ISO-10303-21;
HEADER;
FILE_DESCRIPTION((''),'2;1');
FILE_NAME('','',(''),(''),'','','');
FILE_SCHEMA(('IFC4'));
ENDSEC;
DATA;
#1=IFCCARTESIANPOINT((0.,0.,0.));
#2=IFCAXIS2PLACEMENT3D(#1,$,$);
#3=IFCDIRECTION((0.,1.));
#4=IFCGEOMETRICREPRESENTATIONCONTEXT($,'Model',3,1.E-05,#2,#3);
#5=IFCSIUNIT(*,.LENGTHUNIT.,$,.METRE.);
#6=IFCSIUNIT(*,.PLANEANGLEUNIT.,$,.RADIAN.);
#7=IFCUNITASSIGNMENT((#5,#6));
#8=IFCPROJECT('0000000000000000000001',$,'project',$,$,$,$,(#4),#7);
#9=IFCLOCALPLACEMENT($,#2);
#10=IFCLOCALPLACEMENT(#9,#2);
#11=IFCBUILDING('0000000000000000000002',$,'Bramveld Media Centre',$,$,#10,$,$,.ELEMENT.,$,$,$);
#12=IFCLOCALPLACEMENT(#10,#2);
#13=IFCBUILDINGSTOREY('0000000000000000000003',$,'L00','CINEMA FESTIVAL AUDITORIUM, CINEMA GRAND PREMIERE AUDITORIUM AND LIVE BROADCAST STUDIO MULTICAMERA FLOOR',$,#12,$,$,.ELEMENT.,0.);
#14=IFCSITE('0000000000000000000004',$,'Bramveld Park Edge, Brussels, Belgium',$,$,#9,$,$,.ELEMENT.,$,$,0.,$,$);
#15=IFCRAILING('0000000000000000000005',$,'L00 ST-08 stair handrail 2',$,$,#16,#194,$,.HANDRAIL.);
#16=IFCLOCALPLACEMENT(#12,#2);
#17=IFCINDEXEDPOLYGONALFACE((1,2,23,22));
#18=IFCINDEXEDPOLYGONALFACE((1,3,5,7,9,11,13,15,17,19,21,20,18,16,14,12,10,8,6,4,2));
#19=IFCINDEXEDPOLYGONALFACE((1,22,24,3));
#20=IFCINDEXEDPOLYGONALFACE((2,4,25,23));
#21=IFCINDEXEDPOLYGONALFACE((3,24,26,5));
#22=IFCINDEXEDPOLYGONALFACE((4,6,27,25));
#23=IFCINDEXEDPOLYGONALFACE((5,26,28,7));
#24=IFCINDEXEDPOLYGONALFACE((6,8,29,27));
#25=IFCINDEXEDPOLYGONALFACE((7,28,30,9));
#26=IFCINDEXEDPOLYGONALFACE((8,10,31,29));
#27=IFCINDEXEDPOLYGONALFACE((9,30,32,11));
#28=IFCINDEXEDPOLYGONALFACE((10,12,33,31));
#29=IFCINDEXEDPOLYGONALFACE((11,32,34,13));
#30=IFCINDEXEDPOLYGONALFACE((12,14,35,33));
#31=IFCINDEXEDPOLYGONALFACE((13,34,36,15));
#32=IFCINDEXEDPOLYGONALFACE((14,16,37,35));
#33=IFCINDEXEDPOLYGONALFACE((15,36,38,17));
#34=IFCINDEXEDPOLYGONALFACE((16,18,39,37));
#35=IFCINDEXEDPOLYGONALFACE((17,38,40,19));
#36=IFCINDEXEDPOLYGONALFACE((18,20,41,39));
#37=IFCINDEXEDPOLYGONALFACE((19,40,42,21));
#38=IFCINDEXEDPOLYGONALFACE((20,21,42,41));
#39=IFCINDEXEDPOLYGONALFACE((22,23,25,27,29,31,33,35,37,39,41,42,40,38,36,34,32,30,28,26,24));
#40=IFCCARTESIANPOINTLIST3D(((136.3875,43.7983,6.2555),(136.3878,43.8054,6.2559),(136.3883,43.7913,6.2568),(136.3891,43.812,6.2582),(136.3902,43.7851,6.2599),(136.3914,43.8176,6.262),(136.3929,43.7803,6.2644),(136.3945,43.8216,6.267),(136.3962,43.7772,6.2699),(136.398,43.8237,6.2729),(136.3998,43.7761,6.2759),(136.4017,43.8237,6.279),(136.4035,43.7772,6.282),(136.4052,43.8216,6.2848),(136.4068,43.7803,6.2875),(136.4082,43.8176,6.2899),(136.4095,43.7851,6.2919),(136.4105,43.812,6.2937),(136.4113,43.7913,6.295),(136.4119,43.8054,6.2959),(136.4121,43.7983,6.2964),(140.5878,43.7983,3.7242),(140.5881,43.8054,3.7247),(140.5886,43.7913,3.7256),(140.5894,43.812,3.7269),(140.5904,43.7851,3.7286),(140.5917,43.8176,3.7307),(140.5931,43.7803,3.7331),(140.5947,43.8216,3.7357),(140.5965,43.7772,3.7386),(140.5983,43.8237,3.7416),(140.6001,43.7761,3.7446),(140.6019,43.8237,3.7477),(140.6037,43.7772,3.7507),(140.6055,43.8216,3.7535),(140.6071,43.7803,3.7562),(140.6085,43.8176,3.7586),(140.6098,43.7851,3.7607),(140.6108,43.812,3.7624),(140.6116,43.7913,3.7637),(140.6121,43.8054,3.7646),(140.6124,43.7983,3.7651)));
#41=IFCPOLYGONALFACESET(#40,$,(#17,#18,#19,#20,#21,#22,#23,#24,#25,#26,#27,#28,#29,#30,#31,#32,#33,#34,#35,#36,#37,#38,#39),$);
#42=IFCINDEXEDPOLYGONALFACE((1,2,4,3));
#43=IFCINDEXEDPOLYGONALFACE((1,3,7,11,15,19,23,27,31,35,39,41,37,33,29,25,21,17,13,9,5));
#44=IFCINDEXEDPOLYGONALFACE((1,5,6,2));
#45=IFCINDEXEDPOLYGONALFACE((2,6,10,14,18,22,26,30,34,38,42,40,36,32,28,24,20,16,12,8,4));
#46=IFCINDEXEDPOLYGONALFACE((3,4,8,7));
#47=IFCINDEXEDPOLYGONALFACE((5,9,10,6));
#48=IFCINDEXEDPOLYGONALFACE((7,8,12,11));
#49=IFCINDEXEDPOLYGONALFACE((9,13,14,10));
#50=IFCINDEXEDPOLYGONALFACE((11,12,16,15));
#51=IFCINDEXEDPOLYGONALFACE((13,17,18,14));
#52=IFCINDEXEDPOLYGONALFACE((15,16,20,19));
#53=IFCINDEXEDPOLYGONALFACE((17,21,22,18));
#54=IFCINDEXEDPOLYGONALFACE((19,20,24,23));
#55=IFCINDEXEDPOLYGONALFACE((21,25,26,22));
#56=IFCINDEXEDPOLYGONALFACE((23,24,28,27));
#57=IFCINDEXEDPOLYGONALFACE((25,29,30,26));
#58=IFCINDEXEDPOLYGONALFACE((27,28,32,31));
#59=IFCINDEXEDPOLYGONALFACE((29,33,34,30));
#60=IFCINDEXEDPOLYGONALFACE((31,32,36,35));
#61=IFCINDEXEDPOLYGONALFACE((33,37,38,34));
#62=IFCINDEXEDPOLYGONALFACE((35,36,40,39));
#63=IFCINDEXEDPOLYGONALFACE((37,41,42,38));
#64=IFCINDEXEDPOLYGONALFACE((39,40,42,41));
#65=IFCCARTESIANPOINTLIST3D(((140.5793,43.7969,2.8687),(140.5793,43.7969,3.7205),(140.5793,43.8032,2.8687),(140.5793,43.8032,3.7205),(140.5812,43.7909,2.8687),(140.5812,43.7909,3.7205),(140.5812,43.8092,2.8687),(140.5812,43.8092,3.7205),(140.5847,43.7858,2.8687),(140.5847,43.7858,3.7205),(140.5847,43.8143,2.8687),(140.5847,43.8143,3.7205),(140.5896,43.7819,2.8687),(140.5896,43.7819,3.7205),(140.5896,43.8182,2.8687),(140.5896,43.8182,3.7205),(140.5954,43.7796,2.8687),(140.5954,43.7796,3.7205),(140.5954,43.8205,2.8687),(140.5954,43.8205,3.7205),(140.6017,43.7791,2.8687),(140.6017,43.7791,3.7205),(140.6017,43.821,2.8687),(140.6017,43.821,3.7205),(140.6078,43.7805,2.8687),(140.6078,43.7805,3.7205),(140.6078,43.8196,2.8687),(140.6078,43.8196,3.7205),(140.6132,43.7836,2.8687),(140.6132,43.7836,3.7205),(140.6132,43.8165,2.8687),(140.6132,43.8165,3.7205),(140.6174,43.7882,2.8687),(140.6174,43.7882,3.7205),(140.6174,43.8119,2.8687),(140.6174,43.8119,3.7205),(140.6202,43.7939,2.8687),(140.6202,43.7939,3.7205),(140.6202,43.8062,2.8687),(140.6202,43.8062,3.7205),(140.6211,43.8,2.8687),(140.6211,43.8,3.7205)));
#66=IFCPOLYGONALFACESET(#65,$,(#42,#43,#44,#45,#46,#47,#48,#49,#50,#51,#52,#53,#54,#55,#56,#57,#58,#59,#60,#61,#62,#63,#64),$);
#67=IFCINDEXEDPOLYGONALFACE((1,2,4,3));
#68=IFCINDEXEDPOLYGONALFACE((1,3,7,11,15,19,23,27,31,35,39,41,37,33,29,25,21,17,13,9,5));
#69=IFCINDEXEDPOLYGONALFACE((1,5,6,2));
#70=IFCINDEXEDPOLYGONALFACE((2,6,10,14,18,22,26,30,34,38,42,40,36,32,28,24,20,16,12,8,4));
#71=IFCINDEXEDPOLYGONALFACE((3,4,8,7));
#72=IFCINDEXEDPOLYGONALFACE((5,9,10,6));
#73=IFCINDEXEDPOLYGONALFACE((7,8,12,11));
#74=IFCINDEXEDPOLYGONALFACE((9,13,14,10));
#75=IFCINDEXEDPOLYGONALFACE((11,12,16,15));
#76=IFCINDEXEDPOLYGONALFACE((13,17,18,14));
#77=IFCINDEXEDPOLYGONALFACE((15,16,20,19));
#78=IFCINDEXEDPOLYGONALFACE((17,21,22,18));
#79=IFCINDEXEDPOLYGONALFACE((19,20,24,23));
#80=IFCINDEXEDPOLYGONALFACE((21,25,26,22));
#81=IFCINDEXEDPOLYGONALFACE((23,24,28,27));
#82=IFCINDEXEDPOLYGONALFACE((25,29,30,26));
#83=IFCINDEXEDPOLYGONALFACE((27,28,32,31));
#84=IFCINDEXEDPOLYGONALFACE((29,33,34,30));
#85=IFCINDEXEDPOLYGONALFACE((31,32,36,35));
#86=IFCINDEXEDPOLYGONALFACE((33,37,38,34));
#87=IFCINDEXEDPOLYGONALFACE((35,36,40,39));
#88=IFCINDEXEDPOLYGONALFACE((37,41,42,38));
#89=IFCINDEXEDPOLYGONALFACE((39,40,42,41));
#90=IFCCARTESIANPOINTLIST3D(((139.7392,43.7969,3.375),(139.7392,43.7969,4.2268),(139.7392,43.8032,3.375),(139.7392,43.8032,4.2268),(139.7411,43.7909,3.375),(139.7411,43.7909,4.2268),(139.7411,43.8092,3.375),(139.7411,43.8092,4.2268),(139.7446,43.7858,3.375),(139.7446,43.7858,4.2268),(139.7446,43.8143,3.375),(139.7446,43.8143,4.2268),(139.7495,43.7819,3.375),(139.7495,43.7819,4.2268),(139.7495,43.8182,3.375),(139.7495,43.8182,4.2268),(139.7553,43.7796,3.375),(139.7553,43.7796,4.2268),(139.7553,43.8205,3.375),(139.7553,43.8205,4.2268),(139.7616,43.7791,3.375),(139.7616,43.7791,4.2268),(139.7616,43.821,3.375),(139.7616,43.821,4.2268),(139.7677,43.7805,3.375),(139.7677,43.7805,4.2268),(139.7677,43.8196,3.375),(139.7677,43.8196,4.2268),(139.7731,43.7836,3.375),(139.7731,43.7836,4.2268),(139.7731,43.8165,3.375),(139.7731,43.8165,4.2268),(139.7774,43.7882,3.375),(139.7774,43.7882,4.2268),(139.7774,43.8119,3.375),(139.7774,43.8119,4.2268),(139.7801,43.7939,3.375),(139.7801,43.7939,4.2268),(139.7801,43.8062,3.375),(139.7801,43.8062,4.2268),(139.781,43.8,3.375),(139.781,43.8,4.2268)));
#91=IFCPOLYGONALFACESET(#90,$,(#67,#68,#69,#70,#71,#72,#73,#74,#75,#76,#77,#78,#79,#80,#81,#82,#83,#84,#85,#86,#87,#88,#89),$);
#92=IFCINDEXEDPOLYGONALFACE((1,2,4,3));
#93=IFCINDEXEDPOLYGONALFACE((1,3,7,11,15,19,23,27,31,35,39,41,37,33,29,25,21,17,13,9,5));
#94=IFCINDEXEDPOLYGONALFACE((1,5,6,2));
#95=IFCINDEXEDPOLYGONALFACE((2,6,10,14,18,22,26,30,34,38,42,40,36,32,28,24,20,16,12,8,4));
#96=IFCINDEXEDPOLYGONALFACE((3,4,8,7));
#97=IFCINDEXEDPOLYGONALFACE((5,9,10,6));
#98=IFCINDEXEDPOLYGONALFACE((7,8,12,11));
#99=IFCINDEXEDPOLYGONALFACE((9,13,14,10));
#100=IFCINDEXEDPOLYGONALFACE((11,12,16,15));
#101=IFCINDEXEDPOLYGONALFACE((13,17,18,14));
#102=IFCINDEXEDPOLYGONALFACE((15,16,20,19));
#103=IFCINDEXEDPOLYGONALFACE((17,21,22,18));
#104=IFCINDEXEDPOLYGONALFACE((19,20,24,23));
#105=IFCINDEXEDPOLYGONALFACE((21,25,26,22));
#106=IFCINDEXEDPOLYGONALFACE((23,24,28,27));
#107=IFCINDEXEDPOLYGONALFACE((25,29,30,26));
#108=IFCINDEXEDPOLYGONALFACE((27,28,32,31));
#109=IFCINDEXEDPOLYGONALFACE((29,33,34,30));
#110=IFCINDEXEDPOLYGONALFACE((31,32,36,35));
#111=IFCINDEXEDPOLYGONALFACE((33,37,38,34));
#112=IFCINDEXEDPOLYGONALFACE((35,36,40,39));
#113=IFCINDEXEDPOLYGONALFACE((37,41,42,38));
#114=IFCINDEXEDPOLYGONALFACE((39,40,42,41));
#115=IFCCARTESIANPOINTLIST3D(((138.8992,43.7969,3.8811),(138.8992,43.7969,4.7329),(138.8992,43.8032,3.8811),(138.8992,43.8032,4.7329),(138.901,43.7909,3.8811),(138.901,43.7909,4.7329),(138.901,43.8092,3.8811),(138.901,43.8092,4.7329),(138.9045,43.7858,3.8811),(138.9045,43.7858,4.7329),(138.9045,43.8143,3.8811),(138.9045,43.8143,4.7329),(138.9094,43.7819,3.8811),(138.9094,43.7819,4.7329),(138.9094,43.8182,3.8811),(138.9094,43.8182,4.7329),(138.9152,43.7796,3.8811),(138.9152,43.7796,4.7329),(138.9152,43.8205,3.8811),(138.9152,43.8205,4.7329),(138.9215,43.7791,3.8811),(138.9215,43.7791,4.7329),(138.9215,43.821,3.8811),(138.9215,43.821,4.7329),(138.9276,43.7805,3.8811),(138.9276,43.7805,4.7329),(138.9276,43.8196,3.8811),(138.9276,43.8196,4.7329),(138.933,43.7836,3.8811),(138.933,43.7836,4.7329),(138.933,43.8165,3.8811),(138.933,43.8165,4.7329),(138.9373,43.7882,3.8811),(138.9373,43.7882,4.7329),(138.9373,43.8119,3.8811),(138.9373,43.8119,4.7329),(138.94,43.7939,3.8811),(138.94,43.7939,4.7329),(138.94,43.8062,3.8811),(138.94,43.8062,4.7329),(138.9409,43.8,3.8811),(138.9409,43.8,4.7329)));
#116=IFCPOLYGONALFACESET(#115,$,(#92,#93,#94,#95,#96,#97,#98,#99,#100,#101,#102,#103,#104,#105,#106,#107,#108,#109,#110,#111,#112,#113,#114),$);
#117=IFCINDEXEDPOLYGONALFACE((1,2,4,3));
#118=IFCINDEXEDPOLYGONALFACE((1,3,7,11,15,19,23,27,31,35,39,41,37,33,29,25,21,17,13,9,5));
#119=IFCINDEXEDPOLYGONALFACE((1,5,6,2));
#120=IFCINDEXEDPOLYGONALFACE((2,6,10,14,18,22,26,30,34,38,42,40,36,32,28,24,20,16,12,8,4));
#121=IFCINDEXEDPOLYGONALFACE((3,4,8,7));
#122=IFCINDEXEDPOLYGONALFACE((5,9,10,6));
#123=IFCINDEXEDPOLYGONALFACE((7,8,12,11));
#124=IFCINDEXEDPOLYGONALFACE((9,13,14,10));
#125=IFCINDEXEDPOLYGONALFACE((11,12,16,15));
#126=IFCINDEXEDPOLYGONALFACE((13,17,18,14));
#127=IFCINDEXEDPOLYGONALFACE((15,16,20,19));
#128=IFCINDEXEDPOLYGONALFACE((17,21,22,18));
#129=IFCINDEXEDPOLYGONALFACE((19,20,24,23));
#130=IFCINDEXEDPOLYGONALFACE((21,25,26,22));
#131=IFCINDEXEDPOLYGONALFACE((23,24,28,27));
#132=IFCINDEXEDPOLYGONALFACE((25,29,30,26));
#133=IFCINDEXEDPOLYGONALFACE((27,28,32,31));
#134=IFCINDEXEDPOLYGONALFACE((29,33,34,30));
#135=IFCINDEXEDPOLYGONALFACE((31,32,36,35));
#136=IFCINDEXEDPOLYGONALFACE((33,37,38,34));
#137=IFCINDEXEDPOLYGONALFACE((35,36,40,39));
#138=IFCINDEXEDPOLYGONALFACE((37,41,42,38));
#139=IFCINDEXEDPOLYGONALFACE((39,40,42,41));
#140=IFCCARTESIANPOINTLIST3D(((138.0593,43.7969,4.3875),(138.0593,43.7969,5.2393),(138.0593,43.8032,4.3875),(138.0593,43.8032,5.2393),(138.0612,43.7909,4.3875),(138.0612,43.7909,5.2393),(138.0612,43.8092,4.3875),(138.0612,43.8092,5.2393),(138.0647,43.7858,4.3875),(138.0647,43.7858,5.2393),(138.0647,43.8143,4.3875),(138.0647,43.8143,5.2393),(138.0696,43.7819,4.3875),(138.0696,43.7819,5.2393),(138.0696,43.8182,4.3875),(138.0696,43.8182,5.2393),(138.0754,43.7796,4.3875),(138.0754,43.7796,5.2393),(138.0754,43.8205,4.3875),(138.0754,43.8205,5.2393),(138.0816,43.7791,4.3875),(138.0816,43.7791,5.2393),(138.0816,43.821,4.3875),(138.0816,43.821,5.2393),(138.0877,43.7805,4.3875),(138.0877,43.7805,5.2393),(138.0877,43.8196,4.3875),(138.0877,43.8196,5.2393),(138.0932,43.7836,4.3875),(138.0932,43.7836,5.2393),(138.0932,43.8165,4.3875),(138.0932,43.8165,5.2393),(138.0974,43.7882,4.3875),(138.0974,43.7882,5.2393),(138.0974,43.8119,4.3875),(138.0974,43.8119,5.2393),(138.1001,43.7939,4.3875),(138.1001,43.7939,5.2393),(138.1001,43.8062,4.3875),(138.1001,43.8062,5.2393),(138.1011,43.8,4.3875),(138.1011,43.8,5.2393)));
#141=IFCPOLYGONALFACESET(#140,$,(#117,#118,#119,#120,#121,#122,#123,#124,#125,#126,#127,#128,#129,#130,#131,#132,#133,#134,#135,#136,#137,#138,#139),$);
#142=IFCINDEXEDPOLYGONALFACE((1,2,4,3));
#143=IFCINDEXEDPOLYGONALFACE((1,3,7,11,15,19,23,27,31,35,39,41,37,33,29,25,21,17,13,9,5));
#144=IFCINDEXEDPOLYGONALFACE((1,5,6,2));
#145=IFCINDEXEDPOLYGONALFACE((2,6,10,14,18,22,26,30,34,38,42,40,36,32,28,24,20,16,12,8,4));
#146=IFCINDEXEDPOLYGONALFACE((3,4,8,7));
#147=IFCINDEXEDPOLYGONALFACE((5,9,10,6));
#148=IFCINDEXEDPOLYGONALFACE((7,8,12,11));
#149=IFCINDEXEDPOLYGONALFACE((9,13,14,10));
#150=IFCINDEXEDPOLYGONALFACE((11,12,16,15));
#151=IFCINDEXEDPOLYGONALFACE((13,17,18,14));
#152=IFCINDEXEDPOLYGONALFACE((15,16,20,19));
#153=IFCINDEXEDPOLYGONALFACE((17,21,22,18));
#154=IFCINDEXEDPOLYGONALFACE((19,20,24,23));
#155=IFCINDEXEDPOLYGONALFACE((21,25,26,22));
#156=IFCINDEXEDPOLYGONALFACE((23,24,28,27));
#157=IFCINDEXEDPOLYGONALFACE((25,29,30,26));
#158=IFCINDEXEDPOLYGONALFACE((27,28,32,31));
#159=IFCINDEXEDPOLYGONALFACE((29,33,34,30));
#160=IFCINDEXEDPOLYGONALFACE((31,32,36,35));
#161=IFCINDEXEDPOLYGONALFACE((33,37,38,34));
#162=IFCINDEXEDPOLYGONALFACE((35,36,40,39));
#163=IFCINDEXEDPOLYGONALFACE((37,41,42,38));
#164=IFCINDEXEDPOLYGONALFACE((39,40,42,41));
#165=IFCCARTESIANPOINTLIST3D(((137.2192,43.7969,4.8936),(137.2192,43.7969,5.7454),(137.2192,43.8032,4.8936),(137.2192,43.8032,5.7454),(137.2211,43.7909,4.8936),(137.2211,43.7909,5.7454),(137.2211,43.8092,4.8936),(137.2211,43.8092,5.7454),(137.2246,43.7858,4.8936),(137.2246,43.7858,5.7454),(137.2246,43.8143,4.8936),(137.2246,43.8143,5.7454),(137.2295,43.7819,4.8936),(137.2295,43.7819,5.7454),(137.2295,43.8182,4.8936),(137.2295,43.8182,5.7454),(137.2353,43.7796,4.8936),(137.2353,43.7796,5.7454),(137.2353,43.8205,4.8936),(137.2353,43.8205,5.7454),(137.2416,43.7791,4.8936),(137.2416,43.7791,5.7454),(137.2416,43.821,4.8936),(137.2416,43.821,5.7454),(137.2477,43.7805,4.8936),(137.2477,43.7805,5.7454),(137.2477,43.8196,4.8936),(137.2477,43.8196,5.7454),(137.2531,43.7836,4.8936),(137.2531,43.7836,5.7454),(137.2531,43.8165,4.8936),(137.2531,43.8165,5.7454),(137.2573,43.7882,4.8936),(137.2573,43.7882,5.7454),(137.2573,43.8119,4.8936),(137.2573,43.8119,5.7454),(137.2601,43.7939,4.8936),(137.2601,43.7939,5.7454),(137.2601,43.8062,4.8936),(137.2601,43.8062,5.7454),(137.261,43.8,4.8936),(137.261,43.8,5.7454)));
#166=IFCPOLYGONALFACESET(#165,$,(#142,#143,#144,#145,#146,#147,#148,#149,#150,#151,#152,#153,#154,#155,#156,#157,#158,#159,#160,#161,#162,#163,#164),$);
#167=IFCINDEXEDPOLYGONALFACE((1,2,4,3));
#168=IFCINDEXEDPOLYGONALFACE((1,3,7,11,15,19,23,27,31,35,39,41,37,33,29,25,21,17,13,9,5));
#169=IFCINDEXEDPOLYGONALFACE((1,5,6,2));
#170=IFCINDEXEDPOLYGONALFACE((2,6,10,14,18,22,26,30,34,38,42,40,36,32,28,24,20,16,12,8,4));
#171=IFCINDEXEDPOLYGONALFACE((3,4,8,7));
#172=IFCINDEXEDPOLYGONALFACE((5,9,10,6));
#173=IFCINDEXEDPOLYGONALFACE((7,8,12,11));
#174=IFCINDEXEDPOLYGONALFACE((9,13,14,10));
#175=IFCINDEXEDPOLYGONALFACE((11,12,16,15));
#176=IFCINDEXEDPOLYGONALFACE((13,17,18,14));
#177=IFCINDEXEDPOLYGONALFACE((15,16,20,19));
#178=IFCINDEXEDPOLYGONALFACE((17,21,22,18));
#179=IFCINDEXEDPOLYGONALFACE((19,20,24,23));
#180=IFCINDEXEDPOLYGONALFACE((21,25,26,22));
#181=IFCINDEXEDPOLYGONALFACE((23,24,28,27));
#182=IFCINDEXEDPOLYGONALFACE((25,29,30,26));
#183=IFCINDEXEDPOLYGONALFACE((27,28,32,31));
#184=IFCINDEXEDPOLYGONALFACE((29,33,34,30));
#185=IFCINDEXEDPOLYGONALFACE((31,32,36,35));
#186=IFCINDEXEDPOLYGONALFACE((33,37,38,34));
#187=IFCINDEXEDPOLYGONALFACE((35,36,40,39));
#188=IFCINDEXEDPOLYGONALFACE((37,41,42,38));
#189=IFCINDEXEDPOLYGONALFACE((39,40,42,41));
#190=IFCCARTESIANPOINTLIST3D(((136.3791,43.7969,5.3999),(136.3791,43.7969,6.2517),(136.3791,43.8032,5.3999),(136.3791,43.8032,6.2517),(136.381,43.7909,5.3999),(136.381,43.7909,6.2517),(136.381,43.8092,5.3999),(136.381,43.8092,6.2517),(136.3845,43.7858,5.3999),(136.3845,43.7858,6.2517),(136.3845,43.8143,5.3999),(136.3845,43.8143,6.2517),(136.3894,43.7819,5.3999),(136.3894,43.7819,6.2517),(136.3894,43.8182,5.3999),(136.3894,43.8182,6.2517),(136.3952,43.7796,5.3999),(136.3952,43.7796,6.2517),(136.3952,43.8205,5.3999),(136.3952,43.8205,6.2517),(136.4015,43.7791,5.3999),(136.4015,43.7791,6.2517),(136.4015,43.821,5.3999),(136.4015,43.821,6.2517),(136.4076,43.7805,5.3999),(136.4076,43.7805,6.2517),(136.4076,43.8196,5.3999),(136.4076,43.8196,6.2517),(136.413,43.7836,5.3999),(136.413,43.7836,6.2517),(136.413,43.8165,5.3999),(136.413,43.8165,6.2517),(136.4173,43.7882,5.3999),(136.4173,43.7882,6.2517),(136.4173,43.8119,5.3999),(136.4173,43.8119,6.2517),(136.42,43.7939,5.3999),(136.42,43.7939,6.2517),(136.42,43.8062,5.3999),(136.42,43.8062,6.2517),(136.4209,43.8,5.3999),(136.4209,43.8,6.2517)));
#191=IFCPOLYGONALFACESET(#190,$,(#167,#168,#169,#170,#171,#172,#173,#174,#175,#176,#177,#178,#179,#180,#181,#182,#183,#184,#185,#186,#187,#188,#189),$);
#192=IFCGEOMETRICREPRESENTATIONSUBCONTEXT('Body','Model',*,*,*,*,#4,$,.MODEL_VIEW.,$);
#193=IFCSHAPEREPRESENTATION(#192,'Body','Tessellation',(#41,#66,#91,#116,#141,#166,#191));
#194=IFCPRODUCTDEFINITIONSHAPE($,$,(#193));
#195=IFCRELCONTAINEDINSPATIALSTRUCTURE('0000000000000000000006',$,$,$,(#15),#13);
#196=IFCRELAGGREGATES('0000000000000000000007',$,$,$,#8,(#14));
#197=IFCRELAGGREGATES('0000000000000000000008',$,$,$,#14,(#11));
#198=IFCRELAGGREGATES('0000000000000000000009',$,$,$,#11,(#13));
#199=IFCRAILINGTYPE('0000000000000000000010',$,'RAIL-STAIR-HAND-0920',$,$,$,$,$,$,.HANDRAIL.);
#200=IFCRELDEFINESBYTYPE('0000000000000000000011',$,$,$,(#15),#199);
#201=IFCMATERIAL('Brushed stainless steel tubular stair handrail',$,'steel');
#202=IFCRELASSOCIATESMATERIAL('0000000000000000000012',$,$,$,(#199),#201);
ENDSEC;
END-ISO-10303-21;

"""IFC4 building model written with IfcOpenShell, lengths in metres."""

from ifc_helpers import new_model, si_unit, direction, frame, origin, origin_2d, place, context, subcontext, project, spatial, circle, extrude, material, type_object, element, save


model = new_model("IFC4")

# Units and contexts
model_context = context("Model", 3, precision=1e-05, world=origin(), true_north=direction((0.0, 1.0)))
body_context = subcontext(model_context, "Body", "Model", "MODEL_VIEW")
ifc_project = project(units=[si_unit("LENGTHUNIT", "METRE"), si_unit("PLANEANGLEUNIT", "RADIAN")], contexts=[model_context])

# Site, building, storey
site_placement = place(None, origin())
site = spatial("IfcSite", under=ifc_project, at=site_placement, Name="Bramveld Park Edge, Brussels, Belgium", CompositionType="ELEMENT", RefElevation=0.0)
building_placement = place(site_placement, origin())
building = spatial("IfcBuilding", under=site, at=building_placement, Name="Bramveld Media Centre", CompositionType="ELEMENT")
storey_placement = place(building_placement, origin())
storey = spatial("IfcBuildingStorey", under=building, at=storey_placement, Name="L00", Description="CINEMA FESTIVAL AUDITORIUM, CINEMA GRAND PREMIERE AUDITORIUM AND LIVE BROADCAST STUDIO MULTICAMERA FLOOR", CompositionType="ELEMENT", Elevation=0.0)

# Railing
ifc_material_1 = material(Name="Brushed stainless steel tubular stair handrail", Category="steel")
railing_type_1 = type_object("IfcRailingType", Name="RAIL-STAIR-HAND-0920", PredefinedType="HANDRAIL", material=ifc_material_1)
railing_1_placement = place(storey_placement, frame((140.6001, 43.8, 2.8687)))
element("IfcRailing", 1, at=railing_1_placement, inside=storey, type_object=railing_type_1, Name="L00 ST-08 stair handrail 2", PredefinedType="HANDRAIL", context=body_context, shape_type="SweptSolid", body=[
    extrude(circle(Radius=0.0239, at=origin_2d()), frame((0.0, 0.0, 0.876), z_axis=(-0.85649, 0.0, 0.516164), x_axis=(0.0, -1.0, 0.0)), (0.0, 0.0, 1.0), 4.9041),
    extrude(circle(Radius=0.021, at=origin_2d()), origin(), (0.0, 0.0, 1.0), 0.8518),
    extrude(circle(Radius=0.021, at=origin_2d()), frame((-0.8401, 0.0, 0.5063)), (0.0, 0.0, 1.0), 0.8518),
    extrude(circle(Radius=0.021, at=origin_2d()), frame((-1.6802, 0.0, 1.0125)), (0.0, 0.0, 1.0), 0.8518),
    extrude(circle(Radius=0.021, at=origin_2d()), frame((-2.52, 0.0, 1.5188)), (0.0, 0.0, 1.0), 0.8518),
    extrude(circle(Radius=0.021, at=origin_2d()), frame((-3.3601, 0.0, 2.0249)), (0.0, 0.0, 1.0), 0.8518),
    extrude(circle(Radius=0.021, at=origin_2d()), frame((-4.2002, 0.0, 2.5312)), (0.0, 0.0, 1.0), 0.8518),
])

save(model, "model.ifc")
